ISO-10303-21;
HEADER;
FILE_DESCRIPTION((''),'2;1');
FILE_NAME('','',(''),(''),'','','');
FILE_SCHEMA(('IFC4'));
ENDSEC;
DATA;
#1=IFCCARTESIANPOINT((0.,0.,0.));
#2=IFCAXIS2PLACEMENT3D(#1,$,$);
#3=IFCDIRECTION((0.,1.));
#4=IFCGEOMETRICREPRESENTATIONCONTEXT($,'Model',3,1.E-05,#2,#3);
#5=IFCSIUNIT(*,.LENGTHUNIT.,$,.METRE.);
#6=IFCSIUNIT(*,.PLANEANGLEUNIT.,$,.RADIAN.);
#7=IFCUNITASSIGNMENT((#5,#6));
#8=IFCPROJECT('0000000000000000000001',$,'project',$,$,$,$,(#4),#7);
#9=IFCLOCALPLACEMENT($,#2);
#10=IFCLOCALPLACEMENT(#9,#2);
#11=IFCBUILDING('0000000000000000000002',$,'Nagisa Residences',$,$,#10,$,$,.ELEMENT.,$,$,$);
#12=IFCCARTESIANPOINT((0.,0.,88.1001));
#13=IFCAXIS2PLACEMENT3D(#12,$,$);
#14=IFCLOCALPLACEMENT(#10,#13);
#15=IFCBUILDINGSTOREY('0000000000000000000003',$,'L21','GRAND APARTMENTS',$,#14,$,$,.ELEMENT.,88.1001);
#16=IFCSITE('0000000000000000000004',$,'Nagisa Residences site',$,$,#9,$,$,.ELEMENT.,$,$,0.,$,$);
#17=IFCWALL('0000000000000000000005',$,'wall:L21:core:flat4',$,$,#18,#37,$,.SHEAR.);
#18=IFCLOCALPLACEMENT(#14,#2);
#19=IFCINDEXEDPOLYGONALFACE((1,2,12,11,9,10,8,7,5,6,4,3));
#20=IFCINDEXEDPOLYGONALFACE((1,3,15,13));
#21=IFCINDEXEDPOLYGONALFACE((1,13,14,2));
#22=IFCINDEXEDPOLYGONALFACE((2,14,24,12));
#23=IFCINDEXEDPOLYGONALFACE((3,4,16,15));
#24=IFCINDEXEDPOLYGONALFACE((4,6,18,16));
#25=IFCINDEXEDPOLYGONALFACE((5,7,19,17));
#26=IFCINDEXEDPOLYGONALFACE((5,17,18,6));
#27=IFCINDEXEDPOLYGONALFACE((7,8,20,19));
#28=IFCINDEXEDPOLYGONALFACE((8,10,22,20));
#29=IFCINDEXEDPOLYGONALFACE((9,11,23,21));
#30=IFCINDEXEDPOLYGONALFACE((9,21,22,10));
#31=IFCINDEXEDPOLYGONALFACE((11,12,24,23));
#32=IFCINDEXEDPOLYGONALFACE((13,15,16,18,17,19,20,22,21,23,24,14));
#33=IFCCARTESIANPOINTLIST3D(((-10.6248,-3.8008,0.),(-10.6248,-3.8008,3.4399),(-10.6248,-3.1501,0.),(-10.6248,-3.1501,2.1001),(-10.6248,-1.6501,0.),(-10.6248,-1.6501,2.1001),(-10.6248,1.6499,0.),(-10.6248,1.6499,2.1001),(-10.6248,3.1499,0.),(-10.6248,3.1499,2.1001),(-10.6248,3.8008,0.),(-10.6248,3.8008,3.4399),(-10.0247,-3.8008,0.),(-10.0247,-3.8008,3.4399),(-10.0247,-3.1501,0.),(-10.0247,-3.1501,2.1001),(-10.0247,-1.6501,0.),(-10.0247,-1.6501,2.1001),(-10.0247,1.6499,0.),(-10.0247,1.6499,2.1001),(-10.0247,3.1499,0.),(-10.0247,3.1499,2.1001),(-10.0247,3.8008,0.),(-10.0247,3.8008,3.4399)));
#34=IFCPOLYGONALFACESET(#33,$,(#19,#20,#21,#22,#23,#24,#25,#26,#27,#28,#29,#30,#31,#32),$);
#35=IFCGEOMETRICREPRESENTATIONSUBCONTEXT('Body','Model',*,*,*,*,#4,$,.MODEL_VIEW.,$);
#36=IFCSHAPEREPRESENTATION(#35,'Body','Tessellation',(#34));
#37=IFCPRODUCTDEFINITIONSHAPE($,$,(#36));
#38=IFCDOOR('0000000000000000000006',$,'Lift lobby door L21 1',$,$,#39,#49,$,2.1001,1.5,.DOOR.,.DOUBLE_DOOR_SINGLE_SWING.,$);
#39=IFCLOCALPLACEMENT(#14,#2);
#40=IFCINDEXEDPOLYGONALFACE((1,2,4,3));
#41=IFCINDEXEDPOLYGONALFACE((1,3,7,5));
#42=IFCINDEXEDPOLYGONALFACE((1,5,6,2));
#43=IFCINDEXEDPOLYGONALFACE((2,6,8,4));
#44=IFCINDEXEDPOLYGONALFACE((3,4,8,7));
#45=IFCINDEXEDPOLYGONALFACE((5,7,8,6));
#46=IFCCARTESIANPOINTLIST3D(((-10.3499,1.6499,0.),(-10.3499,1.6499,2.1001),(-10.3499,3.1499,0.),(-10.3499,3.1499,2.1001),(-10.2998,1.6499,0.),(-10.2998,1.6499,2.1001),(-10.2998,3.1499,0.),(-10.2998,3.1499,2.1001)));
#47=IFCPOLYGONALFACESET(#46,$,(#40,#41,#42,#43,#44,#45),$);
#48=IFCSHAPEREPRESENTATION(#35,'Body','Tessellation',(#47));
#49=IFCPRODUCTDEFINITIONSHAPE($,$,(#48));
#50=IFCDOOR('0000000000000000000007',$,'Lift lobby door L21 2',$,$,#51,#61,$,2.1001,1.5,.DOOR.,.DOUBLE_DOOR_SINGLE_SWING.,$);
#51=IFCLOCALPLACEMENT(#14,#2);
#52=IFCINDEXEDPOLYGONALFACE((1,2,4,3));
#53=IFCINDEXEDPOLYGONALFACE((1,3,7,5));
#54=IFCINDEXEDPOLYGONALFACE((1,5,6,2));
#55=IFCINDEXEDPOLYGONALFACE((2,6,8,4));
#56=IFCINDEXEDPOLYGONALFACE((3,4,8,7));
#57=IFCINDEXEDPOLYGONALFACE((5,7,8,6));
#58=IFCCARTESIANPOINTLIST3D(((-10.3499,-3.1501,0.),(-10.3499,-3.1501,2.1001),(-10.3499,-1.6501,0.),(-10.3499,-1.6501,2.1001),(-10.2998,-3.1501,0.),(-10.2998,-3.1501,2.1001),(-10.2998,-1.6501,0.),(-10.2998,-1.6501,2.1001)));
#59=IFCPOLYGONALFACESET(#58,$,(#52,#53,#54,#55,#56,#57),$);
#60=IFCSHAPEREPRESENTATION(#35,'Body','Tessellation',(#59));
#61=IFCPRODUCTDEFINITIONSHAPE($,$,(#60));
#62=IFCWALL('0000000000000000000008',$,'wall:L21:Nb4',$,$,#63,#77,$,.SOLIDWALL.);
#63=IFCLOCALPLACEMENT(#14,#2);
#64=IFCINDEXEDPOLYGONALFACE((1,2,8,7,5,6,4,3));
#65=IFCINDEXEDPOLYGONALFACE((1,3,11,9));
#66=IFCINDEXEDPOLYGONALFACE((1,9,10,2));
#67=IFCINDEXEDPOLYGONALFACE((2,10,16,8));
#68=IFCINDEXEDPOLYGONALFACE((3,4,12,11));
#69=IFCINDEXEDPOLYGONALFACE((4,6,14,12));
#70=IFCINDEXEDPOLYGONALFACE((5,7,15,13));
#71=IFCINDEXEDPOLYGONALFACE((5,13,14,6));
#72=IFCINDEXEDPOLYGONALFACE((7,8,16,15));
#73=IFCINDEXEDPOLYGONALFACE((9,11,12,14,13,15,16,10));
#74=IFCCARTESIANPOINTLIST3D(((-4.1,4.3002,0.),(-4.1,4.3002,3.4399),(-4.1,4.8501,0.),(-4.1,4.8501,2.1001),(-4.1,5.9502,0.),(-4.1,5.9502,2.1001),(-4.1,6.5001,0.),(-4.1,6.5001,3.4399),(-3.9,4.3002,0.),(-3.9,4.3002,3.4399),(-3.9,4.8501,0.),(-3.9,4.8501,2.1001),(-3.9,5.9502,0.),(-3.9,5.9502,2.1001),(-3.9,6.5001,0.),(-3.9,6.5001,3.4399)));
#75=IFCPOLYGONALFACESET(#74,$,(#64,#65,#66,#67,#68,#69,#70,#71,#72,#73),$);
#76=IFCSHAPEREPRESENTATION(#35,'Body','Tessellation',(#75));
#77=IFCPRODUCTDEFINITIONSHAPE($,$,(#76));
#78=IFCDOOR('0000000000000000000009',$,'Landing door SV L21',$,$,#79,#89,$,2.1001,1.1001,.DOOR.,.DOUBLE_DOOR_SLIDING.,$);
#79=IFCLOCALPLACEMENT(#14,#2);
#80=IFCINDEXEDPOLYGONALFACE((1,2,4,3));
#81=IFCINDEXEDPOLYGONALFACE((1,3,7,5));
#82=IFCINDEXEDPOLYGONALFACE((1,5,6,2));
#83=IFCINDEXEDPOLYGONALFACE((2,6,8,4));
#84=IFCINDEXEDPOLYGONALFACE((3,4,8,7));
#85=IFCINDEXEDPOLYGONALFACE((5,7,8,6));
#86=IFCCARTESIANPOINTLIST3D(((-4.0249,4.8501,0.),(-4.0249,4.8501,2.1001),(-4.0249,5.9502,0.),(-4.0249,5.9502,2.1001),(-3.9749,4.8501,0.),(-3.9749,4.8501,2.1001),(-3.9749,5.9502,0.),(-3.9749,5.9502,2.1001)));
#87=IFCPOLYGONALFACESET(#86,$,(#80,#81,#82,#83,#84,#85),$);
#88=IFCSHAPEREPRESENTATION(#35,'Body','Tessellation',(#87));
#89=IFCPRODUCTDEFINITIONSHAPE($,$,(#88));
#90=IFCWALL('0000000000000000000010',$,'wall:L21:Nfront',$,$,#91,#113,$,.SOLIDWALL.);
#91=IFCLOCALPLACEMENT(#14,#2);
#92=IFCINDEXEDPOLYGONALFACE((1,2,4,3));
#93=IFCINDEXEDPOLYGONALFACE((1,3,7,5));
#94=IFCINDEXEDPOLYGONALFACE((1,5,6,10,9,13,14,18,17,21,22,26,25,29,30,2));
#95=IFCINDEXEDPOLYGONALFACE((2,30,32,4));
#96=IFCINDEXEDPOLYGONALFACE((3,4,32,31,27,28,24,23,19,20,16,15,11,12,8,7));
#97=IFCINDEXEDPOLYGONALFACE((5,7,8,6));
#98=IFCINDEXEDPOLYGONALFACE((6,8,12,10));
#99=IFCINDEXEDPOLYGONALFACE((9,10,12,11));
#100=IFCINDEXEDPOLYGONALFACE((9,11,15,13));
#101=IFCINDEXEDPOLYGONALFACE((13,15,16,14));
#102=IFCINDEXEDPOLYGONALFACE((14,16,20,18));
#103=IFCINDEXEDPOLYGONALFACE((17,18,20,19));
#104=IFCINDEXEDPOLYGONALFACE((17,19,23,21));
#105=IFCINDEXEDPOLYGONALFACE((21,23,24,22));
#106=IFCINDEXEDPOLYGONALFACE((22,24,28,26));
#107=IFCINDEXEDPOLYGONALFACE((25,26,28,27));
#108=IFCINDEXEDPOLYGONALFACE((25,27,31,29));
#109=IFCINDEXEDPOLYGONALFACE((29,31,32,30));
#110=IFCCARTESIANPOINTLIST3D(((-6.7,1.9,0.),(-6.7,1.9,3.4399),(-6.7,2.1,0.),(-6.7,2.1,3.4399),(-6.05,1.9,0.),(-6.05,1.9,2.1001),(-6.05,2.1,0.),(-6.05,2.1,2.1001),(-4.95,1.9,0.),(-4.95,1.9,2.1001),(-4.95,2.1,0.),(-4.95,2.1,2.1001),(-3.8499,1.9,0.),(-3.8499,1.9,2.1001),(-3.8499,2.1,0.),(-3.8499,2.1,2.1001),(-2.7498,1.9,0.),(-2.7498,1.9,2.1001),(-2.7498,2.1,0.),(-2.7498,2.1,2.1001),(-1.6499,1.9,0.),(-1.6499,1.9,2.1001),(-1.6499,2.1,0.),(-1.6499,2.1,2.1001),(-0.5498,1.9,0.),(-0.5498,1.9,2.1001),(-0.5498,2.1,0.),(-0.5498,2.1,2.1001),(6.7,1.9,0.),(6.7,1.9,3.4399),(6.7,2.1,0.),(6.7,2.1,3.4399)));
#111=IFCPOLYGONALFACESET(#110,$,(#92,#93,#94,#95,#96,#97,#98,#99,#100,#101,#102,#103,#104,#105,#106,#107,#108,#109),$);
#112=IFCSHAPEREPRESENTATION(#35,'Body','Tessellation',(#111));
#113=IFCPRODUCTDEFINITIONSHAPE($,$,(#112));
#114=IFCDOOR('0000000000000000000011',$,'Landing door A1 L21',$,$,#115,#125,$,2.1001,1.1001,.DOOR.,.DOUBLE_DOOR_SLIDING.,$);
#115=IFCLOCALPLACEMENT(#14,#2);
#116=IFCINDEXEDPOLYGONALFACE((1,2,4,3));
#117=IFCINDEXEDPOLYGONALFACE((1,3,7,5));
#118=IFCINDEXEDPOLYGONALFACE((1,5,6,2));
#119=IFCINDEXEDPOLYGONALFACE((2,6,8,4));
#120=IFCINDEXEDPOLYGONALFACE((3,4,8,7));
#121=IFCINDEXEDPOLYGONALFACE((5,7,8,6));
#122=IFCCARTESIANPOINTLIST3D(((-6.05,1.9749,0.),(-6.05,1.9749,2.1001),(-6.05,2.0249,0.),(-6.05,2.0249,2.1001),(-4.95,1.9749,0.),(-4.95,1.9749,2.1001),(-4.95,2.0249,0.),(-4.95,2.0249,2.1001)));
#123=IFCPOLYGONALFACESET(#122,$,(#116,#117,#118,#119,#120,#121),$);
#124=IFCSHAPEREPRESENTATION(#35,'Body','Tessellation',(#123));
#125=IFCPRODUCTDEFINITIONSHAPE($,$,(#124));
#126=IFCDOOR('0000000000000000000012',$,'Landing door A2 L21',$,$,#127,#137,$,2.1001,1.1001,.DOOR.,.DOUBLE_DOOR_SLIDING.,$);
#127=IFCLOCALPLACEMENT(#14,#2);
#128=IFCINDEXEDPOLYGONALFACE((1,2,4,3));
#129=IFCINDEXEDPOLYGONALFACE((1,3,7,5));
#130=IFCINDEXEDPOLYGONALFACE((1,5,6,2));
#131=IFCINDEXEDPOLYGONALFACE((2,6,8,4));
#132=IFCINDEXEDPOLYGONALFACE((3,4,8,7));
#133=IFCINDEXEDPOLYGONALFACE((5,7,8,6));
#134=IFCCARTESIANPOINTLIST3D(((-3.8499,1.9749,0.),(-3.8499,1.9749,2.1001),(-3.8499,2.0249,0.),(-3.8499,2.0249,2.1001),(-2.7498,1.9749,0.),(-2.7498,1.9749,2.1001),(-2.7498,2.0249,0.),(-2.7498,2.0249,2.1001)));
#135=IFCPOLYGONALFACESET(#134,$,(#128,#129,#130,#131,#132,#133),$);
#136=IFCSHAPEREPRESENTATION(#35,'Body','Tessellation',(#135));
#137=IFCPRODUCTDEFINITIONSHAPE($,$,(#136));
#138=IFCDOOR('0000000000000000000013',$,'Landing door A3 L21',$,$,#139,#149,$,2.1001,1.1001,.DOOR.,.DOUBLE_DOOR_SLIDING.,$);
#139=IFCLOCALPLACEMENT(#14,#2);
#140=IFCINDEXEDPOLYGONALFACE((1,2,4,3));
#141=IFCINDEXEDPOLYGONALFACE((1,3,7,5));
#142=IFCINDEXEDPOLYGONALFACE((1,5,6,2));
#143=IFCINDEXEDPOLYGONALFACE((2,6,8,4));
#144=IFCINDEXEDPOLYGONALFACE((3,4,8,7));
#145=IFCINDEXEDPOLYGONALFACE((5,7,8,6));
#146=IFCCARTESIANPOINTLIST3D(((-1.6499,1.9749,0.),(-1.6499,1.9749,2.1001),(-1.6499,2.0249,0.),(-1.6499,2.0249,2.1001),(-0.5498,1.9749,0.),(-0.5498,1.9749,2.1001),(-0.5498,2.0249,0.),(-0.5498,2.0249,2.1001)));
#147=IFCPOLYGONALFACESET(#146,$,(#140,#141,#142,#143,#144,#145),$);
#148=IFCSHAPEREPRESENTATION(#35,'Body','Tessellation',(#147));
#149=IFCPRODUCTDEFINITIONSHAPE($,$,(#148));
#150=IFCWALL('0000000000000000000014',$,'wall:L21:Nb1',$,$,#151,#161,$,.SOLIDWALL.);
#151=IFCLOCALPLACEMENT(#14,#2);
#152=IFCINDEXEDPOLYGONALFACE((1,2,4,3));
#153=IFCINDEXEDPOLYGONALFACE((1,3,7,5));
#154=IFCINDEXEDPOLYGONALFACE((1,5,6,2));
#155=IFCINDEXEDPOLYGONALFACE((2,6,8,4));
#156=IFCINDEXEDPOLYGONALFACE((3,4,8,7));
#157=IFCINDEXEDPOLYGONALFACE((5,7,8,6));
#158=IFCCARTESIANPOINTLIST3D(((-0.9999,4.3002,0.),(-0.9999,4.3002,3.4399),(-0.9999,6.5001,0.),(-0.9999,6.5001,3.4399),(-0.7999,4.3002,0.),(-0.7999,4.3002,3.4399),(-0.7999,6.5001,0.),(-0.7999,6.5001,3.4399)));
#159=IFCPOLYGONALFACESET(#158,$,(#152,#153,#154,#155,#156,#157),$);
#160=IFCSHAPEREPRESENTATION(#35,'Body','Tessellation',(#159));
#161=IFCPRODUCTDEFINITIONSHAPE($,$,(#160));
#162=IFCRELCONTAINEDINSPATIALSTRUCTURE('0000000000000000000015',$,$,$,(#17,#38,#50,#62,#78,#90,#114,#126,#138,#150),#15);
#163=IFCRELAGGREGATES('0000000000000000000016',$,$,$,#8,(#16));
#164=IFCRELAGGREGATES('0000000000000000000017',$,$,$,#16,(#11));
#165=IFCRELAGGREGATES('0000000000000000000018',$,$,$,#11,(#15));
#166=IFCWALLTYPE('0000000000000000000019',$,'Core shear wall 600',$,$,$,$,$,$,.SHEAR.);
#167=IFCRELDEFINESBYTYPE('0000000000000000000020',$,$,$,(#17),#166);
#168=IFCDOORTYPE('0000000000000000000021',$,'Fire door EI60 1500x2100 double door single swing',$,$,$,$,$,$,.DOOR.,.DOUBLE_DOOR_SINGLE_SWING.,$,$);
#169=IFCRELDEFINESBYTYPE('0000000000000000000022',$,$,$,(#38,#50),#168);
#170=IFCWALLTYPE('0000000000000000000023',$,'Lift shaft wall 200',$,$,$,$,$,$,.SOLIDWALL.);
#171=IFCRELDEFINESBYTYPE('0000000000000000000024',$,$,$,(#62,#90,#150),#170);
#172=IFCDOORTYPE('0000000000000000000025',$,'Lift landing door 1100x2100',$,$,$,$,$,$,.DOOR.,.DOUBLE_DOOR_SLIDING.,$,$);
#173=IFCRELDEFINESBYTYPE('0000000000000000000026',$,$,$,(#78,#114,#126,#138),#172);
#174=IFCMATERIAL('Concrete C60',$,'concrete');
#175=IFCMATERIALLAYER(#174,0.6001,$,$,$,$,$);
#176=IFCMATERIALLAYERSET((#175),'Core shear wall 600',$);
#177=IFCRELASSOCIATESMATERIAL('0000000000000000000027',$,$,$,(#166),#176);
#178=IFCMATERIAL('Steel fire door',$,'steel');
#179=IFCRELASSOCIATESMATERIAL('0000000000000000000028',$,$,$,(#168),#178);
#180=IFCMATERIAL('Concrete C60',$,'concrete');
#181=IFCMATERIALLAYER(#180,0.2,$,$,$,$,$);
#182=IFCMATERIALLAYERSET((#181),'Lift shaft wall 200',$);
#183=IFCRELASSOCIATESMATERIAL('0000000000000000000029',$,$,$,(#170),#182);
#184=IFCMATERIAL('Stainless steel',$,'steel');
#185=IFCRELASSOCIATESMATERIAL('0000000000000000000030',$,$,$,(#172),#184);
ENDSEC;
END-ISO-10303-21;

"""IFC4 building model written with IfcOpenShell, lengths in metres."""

from ifc_helpers import new_model, si_unit, direction, frame, frame_2d, origin, place, context, subcontext, project, spatial, rectangle, extrude, material, layer, layer_set, type_object, element, fill, save


model = new_model("IFC4")

# Units and contexts
model_context = context("Model", 3, precision=1e-05, world=origin(), true_north=direction((0.0, 1.0)))
body_context = subcontext(model_context, "Body", "Model", "MODEL_VIEW")
ifc_project = project(units=[si_unit("LENGTHUNIT", "METRE"), si_unit("PLANEANGLEUNIT", "RADIAN")], contexts=[model_context])

# Site, building, storey
site_placement = place(None, origin())
site = spatial("IfcSite", under=ifc_project, at=site_placement, Name="Nagisa Residences site", CompositionType="ELEMENT", RefElevation=0.0)
building_placement = place(site_placement, origin())
building = spatial("IfcBuilding", under=site, at=building_placement, Name="Nagisa Residences", CompositionType="ELEMENT")
storey_placement = place(building_placement, frame((0.0, 0.0, 88.1001)))
storey = spatial("IfcBuildingStorey", under=building, at=storey_placement, Name="L21", Description="GRAND APARTMENTS", CompositionType="ELEMENT", Elevation=88.1001)

# Wall, openings, doors
ifc_material_1 = material(Name="Concrete C60", Category="concrete")
ifc_layer_1 = layer(ifc_material_1, 0.6001)
ifc_layer_set_1 = layer_set([ifc_layer_1], Name="Core shear wall 600")
wall_type_1 = type_object("IfcWallType", Name="Core shear wall 600", PredefinedType="SHEAR", material=ifc_layer_set_1)
wall_1_placement = place(storey_placement, frame((-10.3247, 3.8008, 0.0), z_axis=(0.0, 0.0, 1.0), x_axis=(0.0, -1.0, 0.0)))
wall_1 = element("IfcWall", 1, at=wall_1_placement, inside=storey, type_object=wall_type_1, Name="wall:L21:core:flat4", PredefinedType="SHEAR", context=body_context, shape_type="SweptSolid", body=[
    extrude(rectangle(XDim=7.6016, YDim=0.6001, at=frame_2d((3.8008, 0.0))), origin(), (0.0, 0.0, 1.0), 3.4399),
])
opening_1_placement = place(wall_1_placement, frame((0.6509, 0.0, 0.0)))
opening_1 = element("IfcOpeningElement", 2, at=opening_1_placement, cuts=wall_1, PredefinedType="OPENING", context=body_context, shape_type="SweptSolid", body=[
    extrude(rectangle(XDim=1.5, YDim=2.1001, at=frame_2d((0.75, 1.05))), frame((0.0, 0.3101, 0.0), z_axis=(0.0, -1.0, 0.0), x_axis=(1.0, 0.0, 0.0)), (0.0, 0.0, 1.0), 0.6201),
])
opening_2_placement = place(wall_1_placement, frame((5.4509, 0.0, 0.0)))
opening_2 = element("IfcOpeningElement", 3, at=opening_2_placement, cuts=wall_1, PredefinedType="OPENING", context=body_context, shape_type="SweptSolid", body=[
    extrude(rectangle(XDim=1.5, YDim=2.1001, at=frame_2d((0.75, 1.05))), frame((0.0, 0.3101, 0.0), z_axis=(0.0, -1.0, 0.0), x_axis=(1.0, 0.0, 0.0)), (0.0, 0.0, 1.0), 0.6201),
])
ifc_material_2 = material(Name="Steel fire door", Category="steel")
door_type_1 = type_object("IfcDoorType", Name="Fire door EI60 1500x2100 double door single swing", OperationType="DOUBLE_DOOR_SINGLE_SWING", PredefinedType="DOOR", material=ifc_material_2)
door_1_placement = place(opening_1_placement, origin())
door_1 = element("IfcDoor", 4, at=door_1_placement, inside=storey, type_object=door_type_1, Name="Lift lobby door L21 1", OperationType="DOUBLE_DOOR_SINGLE_SWING", OverallHeight=2.1001, OverallWidth=1.5, PredefinedType="DOOR", context=body_context, shape_type="SweptSolid", body=[
    extrude(rectangle(XDim=1.5, YDim=2.1001, at=frame_2d((0.75, 1.05))), frame((0.0, 0.0249, 0.0), z_axis=(0.0, -1.0, 0.0), x_axis=(1.0, 0.0, 0.0)), (0.0, 0.0, 1.0), 0.05),
])
fill(opening_1, door_1)
door_2_placement = place(opening_2_placement, origin())
door_2 = element("IfcDoor", 5, at=door_2_placement, inside=storey, type_object=door_type_1, Name="Lift lobby door L21 2", OperationType="DOUBLE_DOOR_SINGLE_SWING", OverallHeight=2.1001, OverallWidth=1.5, PredefinedType="DOOR", context=body_context, shape_type="SweptSolid", body=[
    extrude(rectangle(XDim=1.5, YDim=2.1001, at=frame_2d((0.75, 1.05))), frame((0.0, 0.0249, 0.0), z_axis=(0.0, -1.0, 0.0), x_axis=(1.0, 0.0, 0.0)), (0.0, 0.0, 1.0), 0.05),
])
fill(opening_2, door_2)

# Wall, opening, door
ifc_material_3 = material(Name="Concrete C60", Category="concrete")
ifc_layer_2 = layer(ifc_material_3, 0.2)
ifc_layer_set_2 = layer_set([ifc_layer_2], Name="Lift shaft wall 200")
wall_type_2 = type_object("IfcWallType", Name="Lift shaft wall 200", PredefinedType="SOLIDWALL", material=ifc_layer_set_2)
wall_2_placement = place(storey_placement, frame((-4.0, 4.3, 0.0), z_axis=(0.0, 0.0, 1.0), x_axis=(0.0, 1.0, 0.0)))
wall_2 = element("IfcWall", 6, at=wall_2_placement, inside=storey, type_object=wall_type_2, Name="wall:L21:Nb4", PredefinedType="SOLIDWALL", context=body_context, shape_type="SweptSolid", body=[
    extrude(rectangle(XDim=2.2, YDim=0.2, at=frame_2d((1.1001, 0.0))), origin(), (0.0, 0.0, 1.0), 3.4399),
])
opening_3_placement = place(wall_2_placement, frame((0.55, 0.0, 0.0)))
opening_3 = element("IfcOpeningElement", 7, at=opening_3_placement, cuts=wall_2, PredefinedType="OPENING", context=body_context, shape_type="SweptSolid", body=[
    extrude(rectangle(XDim=1.1001, YDim=2.1001, at=frame_2d((0.55, 1.05))), frame((0.0, 0.1099, 0.0), z_axis=(0.0, -1.0, 0.0), x_axis=(1.0, 0.0, 0.0)), (0.0, 0.0, 1.0), 0.22),
])
ifc_material_4 = material(Name="Stainless steel", Category="steel")
door_type_2 = type_object("IfcDoorType", Name="Lift landing door 1100x2100", OperationType="DOUBLE_DOOR_SLIDING", PredefinedType="DOOR", material=ifc_material_4)
door_3_placement = place(opening_3_placement, origin())
door_3 = element("IfcDoor", 8, at=door_3_placement, inside=storey, type_object=door_type_2, Name="Landing door SV L21", OperationType="DOUBLE_DOOR_SLIDING", OverallHeight=2.1001, OverallWidth=1.1001, PredefinedType="DOOR", context=body_context, shape_type="SweptSolid", body=[
    extrude(rectangle(XDim=1.1001, YDim=2.1001, at=frame_2d((0.55, 1.05))), frame((0.0, 0.0249, 0.0), z_axis=(0.0, -1.0, 0.0), x_axis=(1.0, 0.0, 0.0)), (0.0, 0.0, 1.0), 0.05),
])
fill(opening_3, door_3)

# Wall, openings, doors
wall_3_placement = place(storey_placement, frame((-6.7, 2.0, 0.0), z_axis=(0.0, 0.0, 1.0), x_axis=(1.0, 0.0, 0.0)))
wall_3 = element("IfcWall", 9, at=wall_3_placement, inside=storey, type_object=wall_type_2, Name="wall:L21:Nfront", PredefinedType="SOLIDWALL", context=body_context, shape_type="SweptSolid", body=[
    extrude(rectangle(XDim=13.3999, YDim=0.2, at=frame_2d((6.7, 0.0))), origin(), (0.0, 0.0, 1.0), 3.4399),
])
opening_4_placement = place(wall_3_placement, frame((0.6499, 0.0, 0.0)))
opening_4 = element("IfcOpeningElement", 10, at=opening_4_placement, cuts=wall_3, PredefinedType="OPENING", context=body_context, shape_type="SweptSolid", body=[
    extrude(rectangle(XDim=1.1001, YDim=2.1001, at=frame_2d((0.55, 1.05))), frame((0.0, 0.1099, 0.0), z_axis=(0.0, -1.0, 0.0), x_axis=(1.0, 0.0, 0.0)), (0.0, 0.0, 1.0), 0.22),
])
opening_5_placement = place(wall_3_placement, frame((2.8501, 0.0, 0.0)))
opening_5 = element("IfcOpeningElement", 11, at=opening_5_placement, cuts=wall_3, PredefinedType="OPENING", context=body_context, shape_type="SweptSolid", body=[
    extrude(rectangle(XDim=1.1001, YDim=2.1001, at=frame_2d((0.55, 1.05))), frame((0.0, 0.1099, 0.0), z_axis=(0.0, -1.0, 0.0), x_axis=(1.0, 0.0, 0.0)), (0.0, 0.0, 1.0), 0.22),
])
opening_6_placement = place(wall_3_placement, frame((5.05, 0.0, 0.0)))
opening_6 = element("IfcOpeningElement", 12, at=opening_6_placement, cuts=wall_3, PredefinedType="OPENING", context=body_context, shape_type="SweptSolid", body=[
    extrude(rectangle(XDim=1.1001, YDim=2.1001, at=frame_2d((0.55, 1.05))), frame((0.0, 0.1099, 0.0), z_axis=(0.0, -1.0, 0.0), x_axis=(1.0, 0.0, 0.0)), (0.0, 0.0, 1.0), 0.22),
])
door_4_placement = place(opening_4_placement, origin())
door_4 = element("IfcDoor", 13, at=door_4_placement, inside=storey, type_object=door_type_2, Name="Landing door A1 L21", OperationType="DOUBLE_DOOR_SLIDING", OverallHeight=2.1001, OverallWidth=1.1001, PredefinedType="DOOR", context=body_context, shape_type="SweptSolid", body=[
    extrude(rectangle(XDim=1.1001, YDim=2.1001, at=frame_2d((0.55, 1.05))), frame((0.0, 0.0249, 0.0), z_axis=(0.0, -1.0, 0.0), x_axis=(1.0, 0.0, 0.0)), (0.0, 0.0, 1.0), 0.05),
])
fill(opening_4, door_4)
door_5_placement = place(opening_5_placement, origin())
door_5 = element("IfcDoor", 14, at=door_5_placement, inside=storey, type_object=door_type_2, Name="Landing door A2 L21", OperationType="DOUBLE_DOOR_SLIDING", OverallHeight=2.1001, OverallWidth=1.1001, PredefinedType="DOOR", context=body_context, shape_type="SweptSolid", body=[
    extrude(rectangle(XDim=1.1001, YDim=2.1001, at=frame_2d((0.55, 1.05))), frame((0.0, 0.0249, 0.0), z_axis=(0.0, -1.0, 0.0), x_axis=(1.0, 0.0, 0.0)), (0.0, 0.0, 1.0), 0.05),
])
fill(opening_5, door_5)
door_6_placement = place(opening_6_placement, origin())
door_6 = element("IfcDoor", 15, at=door_6_placement, inside=storey, type_object=door_type_2, Name="Landing door A3 L21", OperationType="DOUBLE_DOOR_SLIDING", OverallHeight=2.1001, OverallWidth=1.1001, PredefinedType="DOOR", context=body_context, shape_type="SweptSolid", body=[
    extrude(rectangle(XDim=1.1001, YDim=2.1001, at=frame_2d((0.55, 1.05))), frame((0.0, 0.0249, 0.0), z_axis=(0.0, -1.0, 0.0), x_axis=(1.0, 0.0, 0.0)), (0.0, 0.0, 1.0), 0.05),
])
fill(opening_6, door_6)

# Wall
wall_4_placement = place(storey_placement, frame((-0.8999, 4.3, 0.0), z_axis=(0.0, 0.0, 1.0), x_axis=(0.0, 1.0, 0.0)))
element("IfcWall", 16, at=wall_4_placement, inside=storey, type_object=wall_type_2, Name="wall:L21:Nb1", PredefinedType="SOLIDWALL", context=body_context, shape_type="SweptSolid", body=[
    extrude(rectangle(XDim=2.2, YDim=0.2, at=frame_2d((1.1001, 0.0))), origin(), (0.0, 0.0, 1.0), 3.4399),
])

save(model, "model.ifc")
